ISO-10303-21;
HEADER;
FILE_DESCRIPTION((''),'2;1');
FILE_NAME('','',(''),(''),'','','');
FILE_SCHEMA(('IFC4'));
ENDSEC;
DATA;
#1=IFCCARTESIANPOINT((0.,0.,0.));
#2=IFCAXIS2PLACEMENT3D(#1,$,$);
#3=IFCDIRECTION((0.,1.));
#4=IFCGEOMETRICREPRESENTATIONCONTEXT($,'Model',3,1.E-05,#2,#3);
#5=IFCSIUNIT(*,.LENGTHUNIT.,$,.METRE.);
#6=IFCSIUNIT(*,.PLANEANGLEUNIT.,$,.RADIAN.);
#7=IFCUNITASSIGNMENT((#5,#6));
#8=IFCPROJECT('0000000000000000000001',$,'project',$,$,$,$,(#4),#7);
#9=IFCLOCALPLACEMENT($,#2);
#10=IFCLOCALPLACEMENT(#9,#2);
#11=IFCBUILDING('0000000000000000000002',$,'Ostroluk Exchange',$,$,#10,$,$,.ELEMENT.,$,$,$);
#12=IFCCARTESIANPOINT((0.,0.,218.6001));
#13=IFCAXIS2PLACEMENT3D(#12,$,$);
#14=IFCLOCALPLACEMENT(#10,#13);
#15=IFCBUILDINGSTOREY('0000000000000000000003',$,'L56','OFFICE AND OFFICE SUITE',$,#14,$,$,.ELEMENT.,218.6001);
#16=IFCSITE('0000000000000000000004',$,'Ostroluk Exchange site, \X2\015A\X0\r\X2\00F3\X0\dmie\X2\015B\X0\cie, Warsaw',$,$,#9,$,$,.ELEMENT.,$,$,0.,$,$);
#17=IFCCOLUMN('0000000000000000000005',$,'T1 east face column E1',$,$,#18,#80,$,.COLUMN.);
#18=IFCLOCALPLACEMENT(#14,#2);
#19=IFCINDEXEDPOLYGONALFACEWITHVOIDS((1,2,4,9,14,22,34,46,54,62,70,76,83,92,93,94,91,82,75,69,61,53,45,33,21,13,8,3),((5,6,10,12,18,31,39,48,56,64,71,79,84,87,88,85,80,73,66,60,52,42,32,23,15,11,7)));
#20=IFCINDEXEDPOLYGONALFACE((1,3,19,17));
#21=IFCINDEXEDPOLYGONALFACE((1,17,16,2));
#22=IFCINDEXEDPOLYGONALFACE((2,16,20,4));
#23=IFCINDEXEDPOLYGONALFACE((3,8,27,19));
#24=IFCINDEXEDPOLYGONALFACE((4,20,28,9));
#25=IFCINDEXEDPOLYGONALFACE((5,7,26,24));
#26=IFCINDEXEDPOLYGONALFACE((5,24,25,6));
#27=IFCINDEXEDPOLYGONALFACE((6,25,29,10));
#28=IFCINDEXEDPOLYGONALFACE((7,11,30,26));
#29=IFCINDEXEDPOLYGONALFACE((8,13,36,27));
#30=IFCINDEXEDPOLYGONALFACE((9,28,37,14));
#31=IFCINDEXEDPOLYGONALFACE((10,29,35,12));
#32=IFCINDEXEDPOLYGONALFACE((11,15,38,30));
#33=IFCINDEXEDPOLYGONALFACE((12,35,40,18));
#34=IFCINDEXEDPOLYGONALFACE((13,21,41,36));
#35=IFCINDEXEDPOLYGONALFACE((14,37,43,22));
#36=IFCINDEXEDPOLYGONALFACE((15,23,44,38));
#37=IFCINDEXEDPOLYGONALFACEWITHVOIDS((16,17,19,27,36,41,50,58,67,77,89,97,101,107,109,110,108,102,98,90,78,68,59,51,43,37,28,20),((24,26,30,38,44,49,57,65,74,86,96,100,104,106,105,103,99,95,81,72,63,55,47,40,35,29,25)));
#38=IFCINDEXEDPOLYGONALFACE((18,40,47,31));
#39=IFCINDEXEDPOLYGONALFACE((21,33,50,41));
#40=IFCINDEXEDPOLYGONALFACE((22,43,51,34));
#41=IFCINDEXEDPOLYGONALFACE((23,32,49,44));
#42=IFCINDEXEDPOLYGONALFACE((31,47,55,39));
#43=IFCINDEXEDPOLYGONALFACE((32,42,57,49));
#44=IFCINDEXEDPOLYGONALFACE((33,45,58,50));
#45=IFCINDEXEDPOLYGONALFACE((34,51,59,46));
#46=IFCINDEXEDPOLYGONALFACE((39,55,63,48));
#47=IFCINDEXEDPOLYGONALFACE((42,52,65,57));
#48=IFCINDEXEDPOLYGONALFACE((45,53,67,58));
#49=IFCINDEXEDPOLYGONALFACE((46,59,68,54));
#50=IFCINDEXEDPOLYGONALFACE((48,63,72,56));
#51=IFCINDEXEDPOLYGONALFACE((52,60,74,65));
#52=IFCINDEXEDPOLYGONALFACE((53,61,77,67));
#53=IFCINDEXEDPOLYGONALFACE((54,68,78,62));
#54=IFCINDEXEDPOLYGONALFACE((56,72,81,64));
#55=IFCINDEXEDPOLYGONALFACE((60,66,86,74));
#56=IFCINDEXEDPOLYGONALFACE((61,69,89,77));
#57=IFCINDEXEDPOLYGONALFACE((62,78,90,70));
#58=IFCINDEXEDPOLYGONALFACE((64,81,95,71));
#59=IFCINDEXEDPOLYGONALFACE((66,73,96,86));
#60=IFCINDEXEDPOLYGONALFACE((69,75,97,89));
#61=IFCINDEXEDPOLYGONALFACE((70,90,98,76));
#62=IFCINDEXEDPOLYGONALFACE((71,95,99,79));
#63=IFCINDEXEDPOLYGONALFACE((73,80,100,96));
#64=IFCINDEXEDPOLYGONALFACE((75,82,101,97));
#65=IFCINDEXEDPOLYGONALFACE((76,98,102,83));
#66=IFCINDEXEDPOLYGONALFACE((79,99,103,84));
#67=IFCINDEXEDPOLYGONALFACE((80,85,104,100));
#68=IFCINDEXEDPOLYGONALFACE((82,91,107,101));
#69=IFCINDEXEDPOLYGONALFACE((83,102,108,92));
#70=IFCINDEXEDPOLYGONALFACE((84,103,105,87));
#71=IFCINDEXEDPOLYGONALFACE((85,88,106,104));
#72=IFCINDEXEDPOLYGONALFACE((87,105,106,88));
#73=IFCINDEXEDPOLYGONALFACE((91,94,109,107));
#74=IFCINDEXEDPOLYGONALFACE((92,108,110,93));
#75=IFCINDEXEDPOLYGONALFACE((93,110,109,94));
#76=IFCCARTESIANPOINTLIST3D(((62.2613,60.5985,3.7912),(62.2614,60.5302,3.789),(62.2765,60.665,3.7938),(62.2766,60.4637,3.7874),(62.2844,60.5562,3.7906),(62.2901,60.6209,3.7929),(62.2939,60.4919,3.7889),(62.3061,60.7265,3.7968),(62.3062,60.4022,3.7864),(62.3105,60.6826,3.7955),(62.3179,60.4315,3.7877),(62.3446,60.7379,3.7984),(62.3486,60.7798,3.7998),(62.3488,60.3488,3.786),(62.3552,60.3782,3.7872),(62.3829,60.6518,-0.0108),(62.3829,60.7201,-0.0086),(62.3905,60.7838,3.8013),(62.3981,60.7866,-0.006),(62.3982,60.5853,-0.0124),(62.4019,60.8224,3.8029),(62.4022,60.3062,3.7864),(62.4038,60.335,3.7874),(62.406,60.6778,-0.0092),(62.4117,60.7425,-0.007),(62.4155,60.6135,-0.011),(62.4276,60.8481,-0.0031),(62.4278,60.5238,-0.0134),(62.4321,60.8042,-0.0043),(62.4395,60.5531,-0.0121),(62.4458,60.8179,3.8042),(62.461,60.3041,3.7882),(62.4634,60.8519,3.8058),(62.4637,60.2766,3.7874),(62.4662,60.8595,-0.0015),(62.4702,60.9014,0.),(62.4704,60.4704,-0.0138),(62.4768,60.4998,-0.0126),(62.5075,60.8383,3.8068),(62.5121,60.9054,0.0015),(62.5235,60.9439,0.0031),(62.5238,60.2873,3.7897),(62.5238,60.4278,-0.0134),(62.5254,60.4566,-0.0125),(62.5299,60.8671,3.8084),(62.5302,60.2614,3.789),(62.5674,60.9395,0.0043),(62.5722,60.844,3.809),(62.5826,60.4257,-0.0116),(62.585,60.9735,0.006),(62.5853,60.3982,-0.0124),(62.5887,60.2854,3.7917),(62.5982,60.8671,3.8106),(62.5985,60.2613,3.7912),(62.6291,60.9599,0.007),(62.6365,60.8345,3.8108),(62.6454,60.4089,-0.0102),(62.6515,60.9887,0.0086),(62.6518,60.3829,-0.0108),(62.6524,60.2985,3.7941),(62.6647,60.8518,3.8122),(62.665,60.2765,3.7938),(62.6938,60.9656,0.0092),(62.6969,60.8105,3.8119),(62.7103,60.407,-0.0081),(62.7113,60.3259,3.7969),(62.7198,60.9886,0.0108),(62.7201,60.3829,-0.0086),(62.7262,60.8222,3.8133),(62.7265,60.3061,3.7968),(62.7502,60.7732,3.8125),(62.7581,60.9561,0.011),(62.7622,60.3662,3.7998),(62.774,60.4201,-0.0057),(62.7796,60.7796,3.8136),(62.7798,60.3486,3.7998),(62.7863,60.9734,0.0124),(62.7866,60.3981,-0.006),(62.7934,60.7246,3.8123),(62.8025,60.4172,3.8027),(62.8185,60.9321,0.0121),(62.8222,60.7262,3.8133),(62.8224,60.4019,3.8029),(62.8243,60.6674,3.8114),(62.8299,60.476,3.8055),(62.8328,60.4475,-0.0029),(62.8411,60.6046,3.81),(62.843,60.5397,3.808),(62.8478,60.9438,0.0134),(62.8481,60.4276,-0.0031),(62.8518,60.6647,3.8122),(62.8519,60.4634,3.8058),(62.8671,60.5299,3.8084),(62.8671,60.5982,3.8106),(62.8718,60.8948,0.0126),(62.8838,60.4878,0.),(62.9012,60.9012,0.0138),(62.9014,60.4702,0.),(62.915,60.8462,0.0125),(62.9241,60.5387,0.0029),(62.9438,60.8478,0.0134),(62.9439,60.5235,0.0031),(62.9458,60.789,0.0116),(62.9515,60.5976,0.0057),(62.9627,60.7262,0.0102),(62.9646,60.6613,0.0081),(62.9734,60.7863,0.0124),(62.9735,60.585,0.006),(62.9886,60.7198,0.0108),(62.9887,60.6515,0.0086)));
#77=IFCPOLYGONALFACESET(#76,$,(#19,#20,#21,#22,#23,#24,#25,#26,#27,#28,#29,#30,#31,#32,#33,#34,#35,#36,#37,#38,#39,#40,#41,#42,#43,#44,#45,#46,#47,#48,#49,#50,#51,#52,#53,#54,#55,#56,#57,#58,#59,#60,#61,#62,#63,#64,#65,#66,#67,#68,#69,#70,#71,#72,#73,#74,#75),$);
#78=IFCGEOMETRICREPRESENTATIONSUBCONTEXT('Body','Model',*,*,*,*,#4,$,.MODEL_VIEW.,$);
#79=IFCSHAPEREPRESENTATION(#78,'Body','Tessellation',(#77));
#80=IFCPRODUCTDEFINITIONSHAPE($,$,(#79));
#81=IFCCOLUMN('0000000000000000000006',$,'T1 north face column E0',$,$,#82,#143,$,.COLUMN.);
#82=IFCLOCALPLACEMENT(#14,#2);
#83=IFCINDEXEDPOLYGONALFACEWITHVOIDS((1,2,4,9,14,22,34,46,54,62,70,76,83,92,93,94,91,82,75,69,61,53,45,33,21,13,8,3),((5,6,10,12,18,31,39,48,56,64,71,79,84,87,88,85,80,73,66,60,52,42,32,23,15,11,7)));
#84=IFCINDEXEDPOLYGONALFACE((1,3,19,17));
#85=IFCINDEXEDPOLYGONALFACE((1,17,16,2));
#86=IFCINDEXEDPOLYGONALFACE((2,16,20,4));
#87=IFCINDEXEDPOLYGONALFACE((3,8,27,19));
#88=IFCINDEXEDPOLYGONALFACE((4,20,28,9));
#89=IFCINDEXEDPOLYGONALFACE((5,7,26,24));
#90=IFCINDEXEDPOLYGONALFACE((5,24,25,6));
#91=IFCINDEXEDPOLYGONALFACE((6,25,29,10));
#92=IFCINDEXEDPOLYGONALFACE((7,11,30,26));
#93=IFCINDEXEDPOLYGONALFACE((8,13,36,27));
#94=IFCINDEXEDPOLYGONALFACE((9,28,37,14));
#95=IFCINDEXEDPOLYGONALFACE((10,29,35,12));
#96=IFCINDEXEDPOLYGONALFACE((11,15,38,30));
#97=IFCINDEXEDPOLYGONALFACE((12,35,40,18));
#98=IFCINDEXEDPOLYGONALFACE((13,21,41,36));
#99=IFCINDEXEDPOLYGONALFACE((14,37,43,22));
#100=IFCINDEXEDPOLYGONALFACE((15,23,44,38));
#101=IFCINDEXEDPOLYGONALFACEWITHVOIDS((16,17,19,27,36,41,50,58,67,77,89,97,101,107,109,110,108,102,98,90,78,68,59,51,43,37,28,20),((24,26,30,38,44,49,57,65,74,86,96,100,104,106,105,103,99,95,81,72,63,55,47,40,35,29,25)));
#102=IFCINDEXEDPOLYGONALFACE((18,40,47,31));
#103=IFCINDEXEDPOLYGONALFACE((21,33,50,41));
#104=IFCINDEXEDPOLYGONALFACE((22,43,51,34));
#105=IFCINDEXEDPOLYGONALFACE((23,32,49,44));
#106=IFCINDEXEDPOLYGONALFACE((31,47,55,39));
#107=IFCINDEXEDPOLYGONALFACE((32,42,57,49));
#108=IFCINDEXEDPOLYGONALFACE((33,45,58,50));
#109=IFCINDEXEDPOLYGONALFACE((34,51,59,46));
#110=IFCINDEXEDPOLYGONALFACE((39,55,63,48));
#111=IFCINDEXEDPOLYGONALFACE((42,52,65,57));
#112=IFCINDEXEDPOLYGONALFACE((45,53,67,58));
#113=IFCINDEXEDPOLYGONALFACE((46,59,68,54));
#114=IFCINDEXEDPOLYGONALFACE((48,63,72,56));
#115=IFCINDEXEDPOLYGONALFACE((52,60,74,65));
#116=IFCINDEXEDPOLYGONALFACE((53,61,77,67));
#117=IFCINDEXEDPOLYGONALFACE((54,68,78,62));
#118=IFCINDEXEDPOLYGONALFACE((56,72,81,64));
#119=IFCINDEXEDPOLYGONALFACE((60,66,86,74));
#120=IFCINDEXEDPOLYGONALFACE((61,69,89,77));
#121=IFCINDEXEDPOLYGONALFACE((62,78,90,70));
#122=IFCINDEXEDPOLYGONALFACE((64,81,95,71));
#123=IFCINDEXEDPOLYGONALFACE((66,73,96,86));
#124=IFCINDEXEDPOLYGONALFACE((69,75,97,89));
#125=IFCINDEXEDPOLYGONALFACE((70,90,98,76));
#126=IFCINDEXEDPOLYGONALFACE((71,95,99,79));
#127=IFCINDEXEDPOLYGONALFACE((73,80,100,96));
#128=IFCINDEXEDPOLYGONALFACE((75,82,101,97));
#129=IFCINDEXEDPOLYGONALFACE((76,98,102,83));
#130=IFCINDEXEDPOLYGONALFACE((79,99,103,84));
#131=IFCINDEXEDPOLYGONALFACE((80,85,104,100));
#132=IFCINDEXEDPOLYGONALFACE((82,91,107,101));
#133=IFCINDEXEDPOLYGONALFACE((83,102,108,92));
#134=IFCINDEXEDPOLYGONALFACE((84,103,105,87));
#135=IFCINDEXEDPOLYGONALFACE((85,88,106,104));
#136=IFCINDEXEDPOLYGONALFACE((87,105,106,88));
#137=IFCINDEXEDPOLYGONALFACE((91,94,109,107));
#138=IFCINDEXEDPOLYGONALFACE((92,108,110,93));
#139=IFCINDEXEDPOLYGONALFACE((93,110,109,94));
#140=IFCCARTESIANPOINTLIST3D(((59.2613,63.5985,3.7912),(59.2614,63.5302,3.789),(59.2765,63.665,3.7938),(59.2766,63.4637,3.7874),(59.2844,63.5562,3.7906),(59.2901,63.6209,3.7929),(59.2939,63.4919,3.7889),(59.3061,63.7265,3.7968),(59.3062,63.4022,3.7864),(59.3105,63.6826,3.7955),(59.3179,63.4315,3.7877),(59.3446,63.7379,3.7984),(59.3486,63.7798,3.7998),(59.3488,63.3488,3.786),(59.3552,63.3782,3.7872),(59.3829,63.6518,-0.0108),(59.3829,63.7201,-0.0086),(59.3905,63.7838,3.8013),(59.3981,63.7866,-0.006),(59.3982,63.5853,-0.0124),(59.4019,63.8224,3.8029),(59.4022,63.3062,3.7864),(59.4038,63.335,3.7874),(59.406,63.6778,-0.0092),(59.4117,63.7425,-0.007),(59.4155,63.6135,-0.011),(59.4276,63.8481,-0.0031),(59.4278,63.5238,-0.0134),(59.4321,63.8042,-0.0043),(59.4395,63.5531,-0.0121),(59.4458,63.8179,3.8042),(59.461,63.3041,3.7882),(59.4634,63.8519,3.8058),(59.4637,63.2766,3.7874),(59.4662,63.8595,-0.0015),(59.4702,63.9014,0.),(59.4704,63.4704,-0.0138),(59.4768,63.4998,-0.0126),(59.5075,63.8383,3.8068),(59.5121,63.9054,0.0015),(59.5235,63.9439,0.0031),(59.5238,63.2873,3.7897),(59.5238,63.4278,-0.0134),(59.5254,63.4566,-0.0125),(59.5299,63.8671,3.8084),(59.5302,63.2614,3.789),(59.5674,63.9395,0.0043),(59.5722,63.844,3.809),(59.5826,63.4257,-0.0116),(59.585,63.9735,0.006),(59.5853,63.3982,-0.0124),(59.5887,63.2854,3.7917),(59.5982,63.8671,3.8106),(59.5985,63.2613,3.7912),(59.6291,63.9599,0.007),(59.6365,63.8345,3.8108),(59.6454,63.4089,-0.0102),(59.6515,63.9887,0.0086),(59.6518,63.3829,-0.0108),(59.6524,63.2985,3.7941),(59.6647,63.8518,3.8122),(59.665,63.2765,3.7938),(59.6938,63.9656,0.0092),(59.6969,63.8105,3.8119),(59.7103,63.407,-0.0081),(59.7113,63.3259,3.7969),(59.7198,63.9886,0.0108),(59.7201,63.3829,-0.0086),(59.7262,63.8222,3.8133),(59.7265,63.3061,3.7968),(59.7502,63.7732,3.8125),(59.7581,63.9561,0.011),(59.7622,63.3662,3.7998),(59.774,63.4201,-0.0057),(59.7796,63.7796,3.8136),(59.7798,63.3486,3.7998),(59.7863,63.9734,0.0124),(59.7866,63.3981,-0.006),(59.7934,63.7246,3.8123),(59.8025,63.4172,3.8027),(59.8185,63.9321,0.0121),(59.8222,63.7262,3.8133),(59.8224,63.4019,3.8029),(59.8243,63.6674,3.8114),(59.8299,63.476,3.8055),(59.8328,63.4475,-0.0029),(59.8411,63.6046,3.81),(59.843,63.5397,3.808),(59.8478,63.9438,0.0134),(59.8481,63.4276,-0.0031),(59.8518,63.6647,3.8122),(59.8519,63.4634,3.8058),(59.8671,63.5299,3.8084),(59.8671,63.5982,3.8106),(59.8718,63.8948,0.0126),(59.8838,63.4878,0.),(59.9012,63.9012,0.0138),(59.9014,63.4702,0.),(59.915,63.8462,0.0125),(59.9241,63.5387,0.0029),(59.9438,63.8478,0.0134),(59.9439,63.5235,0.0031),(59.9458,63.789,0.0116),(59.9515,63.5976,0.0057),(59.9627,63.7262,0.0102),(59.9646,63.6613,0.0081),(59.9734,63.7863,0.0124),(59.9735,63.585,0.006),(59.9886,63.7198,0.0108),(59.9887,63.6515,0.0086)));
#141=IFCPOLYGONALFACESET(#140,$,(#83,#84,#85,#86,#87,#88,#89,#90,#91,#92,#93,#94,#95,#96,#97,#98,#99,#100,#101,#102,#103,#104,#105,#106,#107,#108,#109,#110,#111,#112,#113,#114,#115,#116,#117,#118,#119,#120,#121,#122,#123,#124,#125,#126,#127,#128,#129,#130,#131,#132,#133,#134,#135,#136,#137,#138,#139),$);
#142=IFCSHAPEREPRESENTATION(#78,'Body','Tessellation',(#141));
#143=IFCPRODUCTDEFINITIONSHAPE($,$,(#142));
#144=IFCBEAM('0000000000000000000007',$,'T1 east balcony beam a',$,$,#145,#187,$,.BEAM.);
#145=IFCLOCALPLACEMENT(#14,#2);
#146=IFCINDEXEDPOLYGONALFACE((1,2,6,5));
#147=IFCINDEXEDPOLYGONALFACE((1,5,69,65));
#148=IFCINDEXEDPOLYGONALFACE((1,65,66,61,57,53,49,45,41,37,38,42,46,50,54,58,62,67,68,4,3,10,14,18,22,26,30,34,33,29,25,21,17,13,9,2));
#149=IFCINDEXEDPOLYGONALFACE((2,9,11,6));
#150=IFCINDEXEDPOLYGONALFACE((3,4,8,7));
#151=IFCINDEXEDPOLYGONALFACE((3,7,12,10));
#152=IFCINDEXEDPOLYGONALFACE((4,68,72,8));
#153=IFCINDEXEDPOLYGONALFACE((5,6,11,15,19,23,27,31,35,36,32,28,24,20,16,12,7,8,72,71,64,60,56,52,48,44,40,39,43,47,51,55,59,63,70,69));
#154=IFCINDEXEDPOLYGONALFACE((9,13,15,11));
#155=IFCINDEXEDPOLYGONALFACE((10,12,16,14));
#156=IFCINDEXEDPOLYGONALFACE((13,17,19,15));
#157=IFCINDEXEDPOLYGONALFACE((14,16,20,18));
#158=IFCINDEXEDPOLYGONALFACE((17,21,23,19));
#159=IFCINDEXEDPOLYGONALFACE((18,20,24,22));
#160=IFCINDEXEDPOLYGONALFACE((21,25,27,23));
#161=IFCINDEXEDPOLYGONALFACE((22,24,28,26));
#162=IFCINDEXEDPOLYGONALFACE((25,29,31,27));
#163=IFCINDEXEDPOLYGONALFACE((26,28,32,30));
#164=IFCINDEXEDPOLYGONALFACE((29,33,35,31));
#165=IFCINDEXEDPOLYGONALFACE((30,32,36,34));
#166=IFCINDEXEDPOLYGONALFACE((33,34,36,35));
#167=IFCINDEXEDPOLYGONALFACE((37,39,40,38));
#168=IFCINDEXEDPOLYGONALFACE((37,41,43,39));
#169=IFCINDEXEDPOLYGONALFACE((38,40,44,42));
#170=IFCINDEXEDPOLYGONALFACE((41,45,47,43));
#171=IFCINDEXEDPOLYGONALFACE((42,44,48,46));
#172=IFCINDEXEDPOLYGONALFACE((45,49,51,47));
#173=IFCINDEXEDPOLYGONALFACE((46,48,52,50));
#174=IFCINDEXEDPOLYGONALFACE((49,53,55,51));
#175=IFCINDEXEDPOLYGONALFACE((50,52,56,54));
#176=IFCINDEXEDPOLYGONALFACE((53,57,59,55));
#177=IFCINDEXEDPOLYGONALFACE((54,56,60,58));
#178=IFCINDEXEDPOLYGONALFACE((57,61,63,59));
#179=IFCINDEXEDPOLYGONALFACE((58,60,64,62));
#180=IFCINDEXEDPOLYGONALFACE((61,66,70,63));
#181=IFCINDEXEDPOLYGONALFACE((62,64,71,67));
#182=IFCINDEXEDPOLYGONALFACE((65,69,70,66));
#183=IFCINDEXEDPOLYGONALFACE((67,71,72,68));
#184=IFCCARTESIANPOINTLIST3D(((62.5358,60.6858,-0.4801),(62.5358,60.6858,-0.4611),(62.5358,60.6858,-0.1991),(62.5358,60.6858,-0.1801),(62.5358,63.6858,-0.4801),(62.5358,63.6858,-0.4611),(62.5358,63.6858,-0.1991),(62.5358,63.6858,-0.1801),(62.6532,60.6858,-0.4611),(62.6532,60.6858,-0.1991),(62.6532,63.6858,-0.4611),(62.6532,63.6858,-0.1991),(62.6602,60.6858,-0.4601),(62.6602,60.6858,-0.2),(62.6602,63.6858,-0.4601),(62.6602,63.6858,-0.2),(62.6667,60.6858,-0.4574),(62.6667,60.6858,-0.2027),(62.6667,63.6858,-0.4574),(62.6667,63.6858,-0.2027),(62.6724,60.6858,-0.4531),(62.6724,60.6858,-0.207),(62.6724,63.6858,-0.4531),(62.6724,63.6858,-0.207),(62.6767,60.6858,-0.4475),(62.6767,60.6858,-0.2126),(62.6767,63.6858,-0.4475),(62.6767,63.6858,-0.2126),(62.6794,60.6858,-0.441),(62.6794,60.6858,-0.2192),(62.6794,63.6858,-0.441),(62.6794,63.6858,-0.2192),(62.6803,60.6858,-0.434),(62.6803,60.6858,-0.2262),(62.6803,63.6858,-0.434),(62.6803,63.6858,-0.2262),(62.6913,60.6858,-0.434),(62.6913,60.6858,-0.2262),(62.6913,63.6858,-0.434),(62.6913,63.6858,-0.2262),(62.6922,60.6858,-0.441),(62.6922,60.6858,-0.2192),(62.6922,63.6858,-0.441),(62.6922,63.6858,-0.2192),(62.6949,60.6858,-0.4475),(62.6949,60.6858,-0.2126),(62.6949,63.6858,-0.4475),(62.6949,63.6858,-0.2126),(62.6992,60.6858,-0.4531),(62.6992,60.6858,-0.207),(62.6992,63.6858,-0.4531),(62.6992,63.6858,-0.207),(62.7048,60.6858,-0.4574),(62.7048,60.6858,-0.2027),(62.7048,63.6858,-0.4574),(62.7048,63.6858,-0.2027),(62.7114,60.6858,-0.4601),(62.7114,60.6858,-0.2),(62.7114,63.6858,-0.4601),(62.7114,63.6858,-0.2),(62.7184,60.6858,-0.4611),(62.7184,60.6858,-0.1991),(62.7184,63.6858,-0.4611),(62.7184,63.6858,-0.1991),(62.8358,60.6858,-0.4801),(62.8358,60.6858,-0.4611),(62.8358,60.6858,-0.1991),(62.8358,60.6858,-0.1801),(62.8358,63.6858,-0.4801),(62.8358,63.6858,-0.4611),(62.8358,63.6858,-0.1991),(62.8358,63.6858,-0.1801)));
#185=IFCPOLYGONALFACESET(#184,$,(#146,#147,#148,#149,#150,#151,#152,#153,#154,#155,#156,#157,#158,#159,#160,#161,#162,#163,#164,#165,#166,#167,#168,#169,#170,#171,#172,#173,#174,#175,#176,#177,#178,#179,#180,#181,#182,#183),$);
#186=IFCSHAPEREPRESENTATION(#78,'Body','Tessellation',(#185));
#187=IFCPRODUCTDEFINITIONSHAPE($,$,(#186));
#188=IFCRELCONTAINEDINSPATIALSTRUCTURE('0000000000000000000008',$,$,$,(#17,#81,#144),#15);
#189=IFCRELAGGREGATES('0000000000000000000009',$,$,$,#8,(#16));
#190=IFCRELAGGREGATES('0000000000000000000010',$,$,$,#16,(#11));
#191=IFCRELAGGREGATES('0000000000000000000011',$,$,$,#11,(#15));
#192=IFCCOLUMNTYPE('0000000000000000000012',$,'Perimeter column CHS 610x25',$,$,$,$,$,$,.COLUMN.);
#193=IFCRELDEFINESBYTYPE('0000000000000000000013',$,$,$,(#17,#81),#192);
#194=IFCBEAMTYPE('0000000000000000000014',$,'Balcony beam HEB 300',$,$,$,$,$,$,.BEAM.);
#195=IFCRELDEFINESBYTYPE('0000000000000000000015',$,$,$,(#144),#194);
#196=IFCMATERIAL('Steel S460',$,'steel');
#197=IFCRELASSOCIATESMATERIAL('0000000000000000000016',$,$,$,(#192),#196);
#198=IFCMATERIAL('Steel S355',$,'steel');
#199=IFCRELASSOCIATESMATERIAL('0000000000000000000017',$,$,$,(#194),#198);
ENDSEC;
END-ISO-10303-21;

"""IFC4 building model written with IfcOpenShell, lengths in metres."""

from ifc_helpers import new_model, si_unit, direction, frame, origin, origin_2d, place, context, subcontext, project, spatial, hollow_circle, i_section, extrude, material, material_profile, profile_set, type_object, element, save


model = new_model("IFC4")

# Units and contexts
model_context = context("Model", 3, precision=1e-05, world=origin(), true_north=direction((0.0, 1.0)))
body_context = subcontext(model_context, "Body", "Model", "MODEL_VIEW")
ifc_project = project(units=[si_unit("LENGTHUNIT", "METRE"), si_unit("PLANEANGLEUNIT", "RADIAN")], contexts=[model_context])

# Site, building, storey
site_placement = place(None, origin())
site = spatial("IfcSite", under=ifc_project, at=site_placement, Name="Ostroluk Exchange site, Śródmieście, Warsaw", CompositionType="ELEMENT", RefElevation=0.0)
building_placement = place(site_placement, origin())
building = spatial("IfcBuilding", under=site, at=building_placement, Name="Ostroluk Exchange", CompositionType="ELEMENT")
storey_placement = place(building_placement, frame((0.0, 0.0, 218.6001)))
storey = spatial("IfcBuildingStorey", under=building, at=storey_placement, Name="L56", Description="OFFICE AND OFFICE SUITE", CompositionType="ELEMENT", Elevation=218.6001)

# Columns
ifc_material_1 = material(Name="Steel S460", Category="steel")
ifc_material_profile_1 = material_profile(ifc_material_1, hollow_circle(Radius=0.3049, WallThickness=0.0249, at=origin_2d()), Name="CHS 610x25")
ifc_profile_set_1 = profile_set([ifc_material_profile_1], Name="Steel S460")
column_type = type_object("IfcColumnType", Name="Perimeter column CHS 610x25", PredefinedType="COLUMN", material=ifc_profile_set_1)
for number, where, z_axis, x_axis, name in (
    (1, (62.6858, 60.6858, 0.0), (-0.031964, -0.031964, 0.998978), (0.707107, -0.707107, 0.0), "T1 east face column E1"),
    (2, (59.6858, 63.6858, 0.0), (-0.031964, -0.031964, 0.998978), (0.707107, -0.707107, 0.0), "T1 north face column E0"),
):
    element("IfcColumn", number, at=place(storey_placement, frame(where, z_axis=z_axis, x_axis=x_axis)), inside=storey, type_object=column_type, Name=name, PredefinedType="COLUMN", context=body_context, shape_type="SweptSolid", body=[
        extrude(hollow_circle(Radius=0.3049, WallThickness=0.0249, at=origin_2d()), origin(), (0.0, 0.0, 1.0), 3.8037),
    ])

# Beam
ifc_material_2 = material(Name="Steel S355", Category="steel")
ifc_material_profile_2 = material_profile(ifc_material_2, i_section(OverallWidth=0.3, OverallDepth=0.3, WebThickness=0.011, FlangeThickness=0.019, FilletRadius=0.0271, at=origin_2d()), Name="HEB 300")
ifc_profile_set_2 = profile_set([ifc_material_profile_2], Name="Steel S355")
beam_type_1 = type_object("IfcBeamType", Name="Balcony beam HEB 300", PredefinedType="BEAM", material=ifc_profile_set_2)
for number, where, z_axis, x_axis, name in (
    (3, (62.6858, 60.6858, -0.3301), (0.0, 1.0, 0.0), (-1.0, 0.0, 0.0), "T1 east balcony beam a"),
):
    element("IfcBeam", number, at=place(storey_placement, frame(where, z_axis=z_axis, x_axis=x_axis)), inside=storey, type_object=beam_type_1, Name=name, PredefinedType="BEAM", context=body_context, shape_type="SweptSolid", body=[
        extrude(i_section(OverallWidth=0.3, OverallDepth=0.3, WebThickness=0.011, FlangeThickness=0.019, FilletRadius=0.0271, at=origin_2d()), origin(), (0.0, 0.0, 1.0), 3.0),
    ])

save(model, "model.ifc")
